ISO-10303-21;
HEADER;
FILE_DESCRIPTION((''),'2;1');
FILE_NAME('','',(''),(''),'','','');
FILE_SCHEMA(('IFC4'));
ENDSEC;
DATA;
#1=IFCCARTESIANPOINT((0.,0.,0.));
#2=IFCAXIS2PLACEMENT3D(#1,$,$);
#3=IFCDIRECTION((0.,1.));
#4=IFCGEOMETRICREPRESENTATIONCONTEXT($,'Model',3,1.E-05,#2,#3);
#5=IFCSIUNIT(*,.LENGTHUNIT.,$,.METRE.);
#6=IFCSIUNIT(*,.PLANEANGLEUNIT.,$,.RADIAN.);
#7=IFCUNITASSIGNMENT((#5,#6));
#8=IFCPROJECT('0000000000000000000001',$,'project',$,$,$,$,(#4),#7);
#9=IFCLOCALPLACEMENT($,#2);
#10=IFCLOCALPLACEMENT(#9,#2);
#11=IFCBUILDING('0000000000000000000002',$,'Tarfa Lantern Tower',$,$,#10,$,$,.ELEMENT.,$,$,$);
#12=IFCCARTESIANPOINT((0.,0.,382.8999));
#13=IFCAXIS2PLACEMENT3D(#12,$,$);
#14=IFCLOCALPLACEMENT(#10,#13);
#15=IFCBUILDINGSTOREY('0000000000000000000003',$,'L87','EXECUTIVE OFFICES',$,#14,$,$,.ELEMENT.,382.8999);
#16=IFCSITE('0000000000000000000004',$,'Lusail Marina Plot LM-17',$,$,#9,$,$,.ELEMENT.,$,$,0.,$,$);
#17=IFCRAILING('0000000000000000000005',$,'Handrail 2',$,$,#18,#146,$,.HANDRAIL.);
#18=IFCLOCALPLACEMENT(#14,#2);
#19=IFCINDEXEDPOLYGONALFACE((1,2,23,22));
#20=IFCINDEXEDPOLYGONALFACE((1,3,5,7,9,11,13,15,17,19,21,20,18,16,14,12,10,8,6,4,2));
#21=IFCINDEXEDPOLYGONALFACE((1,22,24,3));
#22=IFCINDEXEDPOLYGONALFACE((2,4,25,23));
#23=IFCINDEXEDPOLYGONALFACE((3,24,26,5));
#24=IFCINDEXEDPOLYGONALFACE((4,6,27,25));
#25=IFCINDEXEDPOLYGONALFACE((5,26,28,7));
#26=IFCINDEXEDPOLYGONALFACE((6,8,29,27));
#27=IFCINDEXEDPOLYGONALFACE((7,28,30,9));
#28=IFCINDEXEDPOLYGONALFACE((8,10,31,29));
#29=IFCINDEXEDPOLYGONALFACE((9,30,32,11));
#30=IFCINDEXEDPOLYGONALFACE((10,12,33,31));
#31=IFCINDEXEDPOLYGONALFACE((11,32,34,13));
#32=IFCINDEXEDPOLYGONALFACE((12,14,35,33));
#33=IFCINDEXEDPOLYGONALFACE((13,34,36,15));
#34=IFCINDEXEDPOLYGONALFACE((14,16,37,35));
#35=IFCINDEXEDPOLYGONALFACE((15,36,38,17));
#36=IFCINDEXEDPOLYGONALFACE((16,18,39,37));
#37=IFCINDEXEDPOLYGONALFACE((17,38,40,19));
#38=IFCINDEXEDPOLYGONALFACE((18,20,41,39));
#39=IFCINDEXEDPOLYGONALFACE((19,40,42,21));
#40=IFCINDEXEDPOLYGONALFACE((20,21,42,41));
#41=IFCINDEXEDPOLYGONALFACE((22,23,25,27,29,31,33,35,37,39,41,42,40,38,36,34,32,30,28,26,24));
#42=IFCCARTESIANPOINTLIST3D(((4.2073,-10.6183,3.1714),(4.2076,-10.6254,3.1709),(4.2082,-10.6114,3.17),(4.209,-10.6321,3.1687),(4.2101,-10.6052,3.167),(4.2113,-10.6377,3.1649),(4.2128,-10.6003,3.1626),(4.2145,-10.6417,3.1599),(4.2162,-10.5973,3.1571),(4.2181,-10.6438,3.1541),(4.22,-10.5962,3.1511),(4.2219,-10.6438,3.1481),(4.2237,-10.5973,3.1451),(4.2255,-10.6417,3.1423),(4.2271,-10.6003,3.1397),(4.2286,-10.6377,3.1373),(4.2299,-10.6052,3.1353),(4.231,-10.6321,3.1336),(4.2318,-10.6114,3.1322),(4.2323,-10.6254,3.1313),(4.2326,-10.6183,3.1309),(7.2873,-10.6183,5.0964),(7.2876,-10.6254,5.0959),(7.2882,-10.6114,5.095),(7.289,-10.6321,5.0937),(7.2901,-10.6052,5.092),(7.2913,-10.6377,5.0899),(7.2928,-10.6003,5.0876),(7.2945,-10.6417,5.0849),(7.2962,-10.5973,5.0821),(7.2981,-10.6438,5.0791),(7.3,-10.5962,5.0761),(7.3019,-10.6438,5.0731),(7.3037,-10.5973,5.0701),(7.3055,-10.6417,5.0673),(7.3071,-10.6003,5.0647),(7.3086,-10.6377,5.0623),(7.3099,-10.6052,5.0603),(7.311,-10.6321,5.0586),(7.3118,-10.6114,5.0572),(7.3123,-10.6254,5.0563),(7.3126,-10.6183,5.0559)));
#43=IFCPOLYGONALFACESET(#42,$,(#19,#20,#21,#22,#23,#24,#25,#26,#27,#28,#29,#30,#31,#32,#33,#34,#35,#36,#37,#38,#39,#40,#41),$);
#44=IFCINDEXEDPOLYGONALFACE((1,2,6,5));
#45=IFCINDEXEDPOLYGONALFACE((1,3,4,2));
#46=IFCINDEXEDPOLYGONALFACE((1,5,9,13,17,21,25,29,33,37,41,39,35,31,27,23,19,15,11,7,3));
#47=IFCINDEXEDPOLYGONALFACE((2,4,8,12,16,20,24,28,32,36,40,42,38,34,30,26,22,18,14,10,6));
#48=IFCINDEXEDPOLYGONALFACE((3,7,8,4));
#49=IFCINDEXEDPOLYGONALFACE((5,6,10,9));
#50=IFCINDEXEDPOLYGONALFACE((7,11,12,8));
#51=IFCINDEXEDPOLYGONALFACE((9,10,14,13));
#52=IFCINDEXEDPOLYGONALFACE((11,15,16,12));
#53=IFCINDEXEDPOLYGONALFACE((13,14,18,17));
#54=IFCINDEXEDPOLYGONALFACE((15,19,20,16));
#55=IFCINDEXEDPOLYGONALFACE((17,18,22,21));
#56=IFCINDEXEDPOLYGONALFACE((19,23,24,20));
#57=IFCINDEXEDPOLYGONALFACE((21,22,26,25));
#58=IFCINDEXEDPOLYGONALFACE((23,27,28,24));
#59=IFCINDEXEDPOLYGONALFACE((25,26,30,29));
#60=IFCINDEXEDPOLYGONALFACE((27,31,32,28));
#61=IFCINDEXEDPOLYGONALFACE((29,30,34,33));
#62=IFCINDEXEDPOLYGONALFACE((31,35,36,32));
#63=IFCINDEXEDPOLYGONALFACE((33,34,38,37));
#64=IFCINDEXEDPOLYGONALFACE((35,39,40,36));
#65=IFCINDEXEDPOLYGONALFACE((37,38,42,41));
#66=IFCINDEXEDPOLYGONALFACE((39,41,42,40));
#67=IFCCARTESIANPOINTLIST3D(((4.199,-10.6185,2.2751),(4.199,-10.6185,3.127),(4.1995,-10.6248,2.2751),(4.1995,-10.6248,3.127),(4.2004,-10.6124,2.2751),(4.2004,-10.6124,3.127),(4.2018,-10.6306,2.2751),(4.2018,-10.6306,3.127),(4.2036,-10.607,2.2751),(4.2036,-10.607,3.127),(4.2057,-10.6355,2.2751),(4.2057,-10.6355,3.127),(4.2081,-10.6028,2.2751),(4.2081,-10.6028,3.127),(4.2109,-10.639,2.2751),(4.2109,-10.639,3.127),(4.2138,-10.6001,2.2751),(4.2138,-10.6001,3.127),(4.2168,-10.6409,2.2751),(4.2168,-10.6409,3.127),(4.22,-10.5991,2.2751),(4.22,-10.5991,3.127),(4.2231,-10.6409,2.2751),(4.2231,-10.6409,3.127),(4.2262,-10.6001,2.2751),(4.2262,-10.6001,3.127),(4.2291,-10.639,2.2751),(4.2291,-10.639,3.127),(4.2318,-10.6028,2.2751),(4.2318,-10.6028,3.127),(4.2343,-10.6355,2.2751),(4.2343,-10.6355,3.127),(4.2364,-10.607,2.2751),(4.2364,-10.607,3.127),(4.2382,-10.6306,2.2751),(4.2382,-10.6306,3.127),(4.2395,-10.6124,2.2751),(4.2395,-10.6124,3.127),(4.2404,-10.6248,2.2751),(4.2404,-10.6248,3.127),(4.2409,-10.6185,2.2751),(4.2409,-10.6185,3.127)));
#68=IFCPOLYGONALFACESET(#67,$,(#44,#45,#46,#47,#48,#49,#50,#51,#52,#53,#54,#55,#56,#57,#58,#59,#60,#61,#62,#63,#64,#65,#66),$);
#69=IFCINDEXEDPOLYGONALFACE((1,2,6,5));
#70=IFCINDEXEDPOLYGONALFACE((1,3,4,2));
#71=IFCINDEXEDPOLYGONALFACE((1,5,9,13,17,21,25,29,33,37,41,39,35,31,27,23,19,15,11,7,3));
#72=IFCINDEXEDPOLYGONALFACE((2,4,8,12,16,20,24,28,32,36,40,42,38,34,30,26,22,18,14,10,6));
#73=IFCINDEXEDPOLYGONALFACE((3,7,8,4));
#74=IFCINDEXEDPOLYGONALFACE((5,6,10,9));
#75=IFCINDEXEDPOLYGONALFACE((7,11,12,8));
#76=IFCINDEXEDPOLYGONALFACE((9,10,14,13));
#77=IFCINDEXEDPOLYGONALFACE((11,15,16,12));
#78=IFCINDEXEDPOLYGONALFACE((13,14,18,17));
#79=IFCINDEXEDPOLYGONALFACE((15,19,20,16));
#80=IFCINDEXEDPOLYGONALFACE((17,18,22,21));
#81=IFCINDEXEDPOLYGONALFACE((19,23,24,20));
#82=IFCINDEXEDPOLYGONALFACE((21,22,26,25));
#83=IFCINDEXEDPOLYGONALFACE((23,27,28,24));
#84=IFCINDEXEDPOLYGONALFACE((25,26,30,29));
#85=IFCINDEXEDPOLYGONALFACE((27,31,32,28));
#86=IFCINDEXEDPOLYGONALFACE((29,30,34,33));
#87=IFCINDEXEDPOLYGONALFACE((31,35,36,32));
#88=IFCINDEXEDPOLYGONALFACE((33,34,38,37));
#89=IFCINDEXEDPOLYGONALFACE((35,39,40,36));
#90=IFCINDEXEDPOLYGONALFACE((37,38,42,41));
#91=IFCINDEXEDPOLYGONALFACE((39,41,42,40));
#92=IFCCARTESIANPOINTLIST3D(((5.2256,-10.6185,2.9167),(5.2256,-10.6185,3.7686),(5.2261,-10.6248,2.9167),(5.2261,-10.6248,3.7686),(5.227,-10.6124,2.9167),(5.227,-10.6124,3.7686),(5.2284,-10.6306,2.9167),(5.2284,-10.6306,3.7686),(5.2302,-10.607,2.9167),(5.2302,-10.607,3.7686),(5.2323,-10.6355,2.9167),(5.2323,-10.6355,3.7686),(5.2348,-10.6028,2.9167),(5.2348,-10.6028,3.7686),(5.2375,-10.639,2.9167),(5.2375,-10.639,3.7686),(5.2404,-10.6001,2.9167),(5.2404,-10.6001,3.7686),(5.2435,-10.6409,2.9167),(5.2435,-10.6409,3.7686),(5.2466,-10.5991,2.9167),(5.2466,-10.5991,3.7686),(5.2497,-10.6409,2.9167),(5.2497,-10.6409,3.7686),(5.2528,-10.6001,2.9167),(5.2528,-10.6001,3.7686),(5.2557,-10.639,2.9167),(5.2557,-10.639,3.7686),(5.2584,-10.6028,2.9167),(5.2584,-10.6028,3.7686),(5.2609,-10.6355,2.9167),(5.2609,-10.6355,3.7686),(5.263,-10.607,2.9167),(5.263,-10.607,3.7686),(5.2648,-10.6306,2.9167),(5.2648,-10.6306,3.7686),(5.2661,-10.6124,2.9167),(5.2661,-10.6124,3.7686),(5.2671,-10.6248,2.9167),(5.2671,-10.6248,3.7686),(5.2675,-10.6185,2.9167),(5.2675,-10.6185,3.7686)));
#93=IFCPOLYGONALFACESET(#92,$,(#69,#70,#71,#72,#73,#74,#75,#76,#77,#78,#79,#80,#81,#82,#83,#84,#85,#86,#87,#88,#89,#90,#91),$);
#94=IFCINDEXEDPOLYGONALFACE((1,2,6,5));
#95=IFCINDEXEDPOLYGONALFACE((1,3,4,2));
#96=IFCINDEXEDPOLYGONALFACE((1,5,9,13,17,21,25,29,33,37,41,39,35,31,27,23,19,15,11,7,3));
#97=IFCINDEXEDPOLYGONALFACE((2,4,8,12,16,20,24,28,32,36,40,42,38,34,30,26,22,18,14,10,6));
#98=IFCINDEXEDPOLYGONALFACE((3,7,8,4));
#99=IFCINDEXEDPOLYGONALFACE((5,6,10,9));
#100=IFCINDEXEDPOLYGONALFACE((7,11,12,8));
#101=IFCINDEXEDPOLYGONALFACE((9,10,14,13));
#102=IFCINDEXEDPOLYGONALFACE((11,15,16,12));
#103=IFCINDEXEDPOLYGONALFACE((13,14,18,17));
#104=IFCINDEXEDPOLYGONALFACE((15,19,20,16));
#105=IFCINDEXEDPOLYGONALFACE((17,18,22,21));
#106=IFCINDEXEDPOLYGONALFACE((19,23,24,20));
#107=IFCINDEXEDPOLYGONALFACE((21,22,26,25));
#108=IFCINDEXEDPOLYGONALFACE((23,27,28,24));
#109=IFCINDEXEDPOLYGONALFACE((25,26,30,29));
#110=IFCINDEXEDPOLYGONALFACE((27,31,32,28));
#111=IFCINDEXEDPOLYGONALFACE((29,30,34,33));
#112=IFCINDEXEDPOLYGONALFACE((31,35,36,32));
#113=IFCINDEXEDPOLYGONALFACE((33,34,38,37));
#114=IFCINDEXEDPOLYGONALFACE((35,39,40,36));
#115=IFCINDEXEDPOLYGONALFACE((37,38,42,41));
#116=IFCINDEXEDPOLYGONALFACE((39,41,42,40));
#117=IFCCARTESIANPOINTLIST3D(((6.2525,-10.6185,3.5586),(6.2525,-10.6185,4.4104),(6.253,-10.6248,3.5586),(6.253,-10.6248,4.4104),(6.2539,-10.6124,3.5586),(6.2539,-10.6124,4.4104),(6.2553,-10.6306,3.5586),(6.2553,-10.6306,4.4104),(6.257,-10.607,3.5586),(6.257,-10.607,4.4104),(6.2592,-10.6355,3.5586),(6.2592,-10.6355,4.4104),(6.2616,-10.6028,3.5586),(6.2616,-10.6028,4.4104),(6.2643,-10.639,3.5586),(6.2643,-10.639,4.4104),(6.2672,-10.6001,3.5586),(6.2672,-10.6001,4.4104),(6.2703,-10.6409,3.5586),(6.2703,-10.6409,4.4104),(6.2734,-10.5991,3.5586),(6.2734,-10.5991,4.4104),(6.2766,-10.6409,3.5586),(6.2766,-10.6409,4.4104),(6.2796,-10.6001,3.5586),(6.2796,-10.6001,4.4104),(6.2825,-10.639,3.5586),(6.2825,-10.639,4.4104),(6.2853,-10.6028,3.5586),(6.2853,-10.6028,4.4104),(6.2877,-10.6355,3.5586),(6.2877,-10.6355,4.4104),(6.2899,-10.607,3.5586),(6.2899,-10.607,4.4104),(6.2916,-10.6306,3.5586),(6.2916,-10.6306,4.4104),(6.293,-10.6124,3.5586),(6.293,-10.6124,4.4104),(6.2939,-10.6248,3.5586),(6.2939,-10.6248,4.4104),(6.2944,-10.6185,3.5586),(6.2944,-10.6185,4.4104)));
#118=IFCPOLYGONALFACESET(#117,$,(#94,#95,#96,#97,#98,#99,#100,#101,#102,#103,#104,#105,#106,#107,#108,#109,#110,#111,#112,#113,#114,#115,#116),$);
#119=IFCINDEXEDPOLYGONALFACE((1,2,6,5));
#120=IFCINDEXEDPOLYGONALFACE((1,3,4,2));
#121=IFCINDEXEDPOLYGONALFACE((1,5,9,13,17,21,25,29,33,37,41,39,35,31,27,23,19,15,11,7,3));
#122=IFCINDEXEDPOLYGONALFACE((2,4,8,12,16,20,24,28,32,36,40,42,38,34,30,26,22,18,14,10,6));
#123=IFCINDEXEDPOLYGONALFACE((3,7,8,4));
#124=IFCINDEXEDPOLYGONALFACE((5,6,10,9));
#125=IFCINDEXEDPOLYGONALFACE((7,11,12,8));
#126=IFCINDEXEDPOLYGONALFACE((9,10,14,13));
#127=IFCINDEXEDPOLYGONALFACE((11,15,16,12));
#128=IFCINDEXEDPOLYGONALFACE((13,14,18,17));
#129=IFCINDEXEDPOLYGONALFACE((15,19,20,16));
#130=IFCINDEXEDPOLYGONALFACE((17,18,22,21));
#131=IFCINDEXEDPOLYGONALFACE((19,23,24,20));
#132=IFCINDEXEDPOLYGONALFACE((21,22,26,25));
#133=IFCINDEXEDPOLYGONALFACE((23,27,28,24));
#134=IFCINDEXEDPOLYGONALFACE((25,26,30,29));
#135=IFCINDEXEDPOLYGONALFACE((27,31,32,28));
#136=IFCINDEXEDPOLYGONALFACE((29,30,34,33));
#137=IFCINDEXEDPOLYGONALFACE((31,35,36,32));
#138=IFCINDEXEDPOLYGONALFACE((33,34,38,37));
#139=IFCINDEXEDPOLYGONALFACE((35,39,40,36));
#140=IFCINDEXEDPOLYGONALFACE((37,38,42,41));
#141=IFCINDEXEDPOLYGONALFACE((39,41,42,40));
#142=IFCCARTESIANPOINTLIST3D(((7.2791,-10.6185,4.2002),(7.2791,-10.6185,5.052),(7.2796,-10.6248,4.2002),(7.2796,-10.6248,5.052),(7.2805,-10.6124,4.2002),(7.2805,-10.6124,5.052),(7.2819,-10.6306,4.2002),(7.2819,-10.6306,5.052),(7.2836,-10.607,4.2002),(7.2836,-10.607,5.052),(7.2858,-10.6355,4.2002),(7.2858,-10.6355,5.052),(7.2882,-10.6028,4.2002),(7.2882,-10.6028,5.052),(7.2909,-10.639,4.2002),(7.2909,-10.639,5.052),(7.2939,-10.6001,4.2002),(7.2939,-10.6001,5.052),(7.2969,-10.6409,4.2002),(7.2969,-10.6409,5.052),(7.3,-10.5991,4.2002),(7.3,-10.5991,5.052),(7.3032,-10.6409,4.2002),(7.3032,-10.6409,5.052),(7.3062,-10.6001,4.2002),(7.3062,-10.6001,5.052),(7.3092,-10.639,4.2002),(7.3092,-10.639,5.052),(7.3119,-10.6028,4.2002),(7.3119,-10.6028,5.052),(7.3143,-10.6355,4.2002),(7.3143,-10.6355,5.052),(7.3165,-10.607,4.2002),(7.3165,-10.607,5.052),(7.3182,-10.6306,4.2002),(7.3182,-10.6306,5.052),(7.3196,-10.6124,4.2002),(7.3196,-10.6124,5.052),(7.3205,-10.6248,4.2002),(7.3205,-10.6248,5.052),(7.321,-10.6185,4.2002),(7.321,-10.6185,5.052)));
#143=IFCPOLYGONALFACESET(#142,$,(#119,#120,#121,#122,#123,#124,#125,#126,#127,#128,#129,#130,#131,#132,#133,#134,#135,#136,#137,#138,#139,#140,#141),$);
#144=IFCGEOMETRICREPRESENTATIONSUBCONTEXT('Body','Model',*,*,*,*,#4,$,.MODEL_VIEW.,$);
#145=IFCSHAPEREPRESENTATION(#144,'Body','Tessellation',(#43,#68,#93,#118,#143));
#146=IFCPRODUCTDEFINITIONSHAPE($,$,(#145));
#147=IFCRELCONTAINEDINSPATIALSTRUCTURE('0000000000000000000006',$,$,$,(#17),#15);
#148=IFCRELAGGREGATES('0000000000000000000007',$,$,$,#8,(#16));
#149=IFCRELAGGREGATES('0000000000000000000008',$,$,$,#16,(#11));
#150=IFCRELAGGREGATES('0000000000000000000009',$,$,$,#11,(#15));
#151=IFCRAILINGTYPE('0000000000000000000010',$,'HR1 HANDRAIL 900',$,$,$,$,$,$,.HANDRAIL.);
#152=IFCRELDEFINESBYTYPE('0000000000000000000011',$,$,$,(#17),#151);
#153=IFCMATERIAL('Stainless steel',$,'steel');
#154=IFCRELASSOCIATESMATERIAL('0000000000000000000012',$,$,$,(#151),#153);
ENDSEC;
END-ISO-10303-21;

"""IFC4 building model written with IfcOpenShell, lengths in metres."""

from ifc_helpers import new_model, si_unit, direction, frame, origin, origin_2d, place, context, subcontext, project, spatial, circle, extrude, material, type_object, element, save


model = new_model("IFC4")

# Units and contexts
model_context = context("Model", 3, precision=1e-05, world=origin(), true_north=direction((0.0, 1.0)))
body_context = subcontext(model_context, "Body", "Model", "MODEL_VIEW")
ifc_project = project(units=[si_unit("LENGTHUNIT", "METRE"), si_unit("PLANEANGLEUNIT", "RADIAN")], contexts=[model_context])

# Site, building, storey
site_placement = place(None, origin())
site = spatial("IfcSite", under=ifc_project, at=site_placement, Name="Lusail Marina Plot LM-17", CompositionType="ELEMENT", RefElevation=0.0)
building_placement = place(site_placement, origin())
building = spatial("IfcBuilding", under=site, at=building_placement, Name="Tarfa Lantern Tower", CompositionType="ELEMENT")
storey_placement = place(building_placement, frame((0.0, 0.0, 382.8999)))
storey = spatial("IfcBuildingStorey", under=building, at=storey_placement, Name="L87", Description="EXECUTIVE OFFICES", CompositionType="ELEMENT", Elevation=382.8999)

# Railing
ifc_material_1 = material(Name="Stainless steel", Category="steel")
railing_type = type_object("IfcRailingType", Name="HR1 HANDRAIL 900", PredefinedType="HANDRAIL", material=ifc_material_1)
railing_placement = place(storey_placement, frame((4.22, -10.6201, 2.2751)))
element("IfcRailing", 1, at=railing_placement, inside=storey, type_object=railing_type, Name="Handrail 2", PredefinedType="HANDRAIL", context=body_context, shape_type="SweptSolid", body=[
    extrude(circle(Radius=0.0239, at=origin_2d()), frame((0.0, 0.0, 0.876), z_axis=(0.847998, 0.0, 0.529999), x_axis=(0.0, 1.0, 0.0)), (0.0, 0.0, 1.0), 3.6321),
    extrude(circle(Radius=0.021, at=origin_2d()), frame((0.0, 0.0, 0.0), z_axis=(0.0, 0.0, 1.0), x_axis=(0.0, 1.0, 0.0)), (0.0, 0.0, 1.0), 0.8518),
    extrude(circle(Radius=0.021, at=origin_2d()), frame((1.0266, 0.0, 0.6416), z_axis=(0.0, 0.0, 1.0), x_axis=(0.0, 1.0, 0.0)), (0.0, 0.0, 1.0), 0.8518),
    extrude(circle(Radius=0.021, at=origin_2d()), frame((2.0535, 0.0, 1.2834), z_axis=(0.0, 0.0, 1.0), x_axis=(0.0, 1.0, 0.0)), (0.0, 0.0, 1.0), 0.8518),
    extrude(circle(Radius=0.021, at=origin_2d()), frame((3.0801, 0.0, 1.925), z_axis=(0.0, 0.0, 1.0), x_axis=(0.0, 1.0, 0.0)), (0.0, 0.0, 1.0), 0.8518),
])

save(model, "model.ifc")
